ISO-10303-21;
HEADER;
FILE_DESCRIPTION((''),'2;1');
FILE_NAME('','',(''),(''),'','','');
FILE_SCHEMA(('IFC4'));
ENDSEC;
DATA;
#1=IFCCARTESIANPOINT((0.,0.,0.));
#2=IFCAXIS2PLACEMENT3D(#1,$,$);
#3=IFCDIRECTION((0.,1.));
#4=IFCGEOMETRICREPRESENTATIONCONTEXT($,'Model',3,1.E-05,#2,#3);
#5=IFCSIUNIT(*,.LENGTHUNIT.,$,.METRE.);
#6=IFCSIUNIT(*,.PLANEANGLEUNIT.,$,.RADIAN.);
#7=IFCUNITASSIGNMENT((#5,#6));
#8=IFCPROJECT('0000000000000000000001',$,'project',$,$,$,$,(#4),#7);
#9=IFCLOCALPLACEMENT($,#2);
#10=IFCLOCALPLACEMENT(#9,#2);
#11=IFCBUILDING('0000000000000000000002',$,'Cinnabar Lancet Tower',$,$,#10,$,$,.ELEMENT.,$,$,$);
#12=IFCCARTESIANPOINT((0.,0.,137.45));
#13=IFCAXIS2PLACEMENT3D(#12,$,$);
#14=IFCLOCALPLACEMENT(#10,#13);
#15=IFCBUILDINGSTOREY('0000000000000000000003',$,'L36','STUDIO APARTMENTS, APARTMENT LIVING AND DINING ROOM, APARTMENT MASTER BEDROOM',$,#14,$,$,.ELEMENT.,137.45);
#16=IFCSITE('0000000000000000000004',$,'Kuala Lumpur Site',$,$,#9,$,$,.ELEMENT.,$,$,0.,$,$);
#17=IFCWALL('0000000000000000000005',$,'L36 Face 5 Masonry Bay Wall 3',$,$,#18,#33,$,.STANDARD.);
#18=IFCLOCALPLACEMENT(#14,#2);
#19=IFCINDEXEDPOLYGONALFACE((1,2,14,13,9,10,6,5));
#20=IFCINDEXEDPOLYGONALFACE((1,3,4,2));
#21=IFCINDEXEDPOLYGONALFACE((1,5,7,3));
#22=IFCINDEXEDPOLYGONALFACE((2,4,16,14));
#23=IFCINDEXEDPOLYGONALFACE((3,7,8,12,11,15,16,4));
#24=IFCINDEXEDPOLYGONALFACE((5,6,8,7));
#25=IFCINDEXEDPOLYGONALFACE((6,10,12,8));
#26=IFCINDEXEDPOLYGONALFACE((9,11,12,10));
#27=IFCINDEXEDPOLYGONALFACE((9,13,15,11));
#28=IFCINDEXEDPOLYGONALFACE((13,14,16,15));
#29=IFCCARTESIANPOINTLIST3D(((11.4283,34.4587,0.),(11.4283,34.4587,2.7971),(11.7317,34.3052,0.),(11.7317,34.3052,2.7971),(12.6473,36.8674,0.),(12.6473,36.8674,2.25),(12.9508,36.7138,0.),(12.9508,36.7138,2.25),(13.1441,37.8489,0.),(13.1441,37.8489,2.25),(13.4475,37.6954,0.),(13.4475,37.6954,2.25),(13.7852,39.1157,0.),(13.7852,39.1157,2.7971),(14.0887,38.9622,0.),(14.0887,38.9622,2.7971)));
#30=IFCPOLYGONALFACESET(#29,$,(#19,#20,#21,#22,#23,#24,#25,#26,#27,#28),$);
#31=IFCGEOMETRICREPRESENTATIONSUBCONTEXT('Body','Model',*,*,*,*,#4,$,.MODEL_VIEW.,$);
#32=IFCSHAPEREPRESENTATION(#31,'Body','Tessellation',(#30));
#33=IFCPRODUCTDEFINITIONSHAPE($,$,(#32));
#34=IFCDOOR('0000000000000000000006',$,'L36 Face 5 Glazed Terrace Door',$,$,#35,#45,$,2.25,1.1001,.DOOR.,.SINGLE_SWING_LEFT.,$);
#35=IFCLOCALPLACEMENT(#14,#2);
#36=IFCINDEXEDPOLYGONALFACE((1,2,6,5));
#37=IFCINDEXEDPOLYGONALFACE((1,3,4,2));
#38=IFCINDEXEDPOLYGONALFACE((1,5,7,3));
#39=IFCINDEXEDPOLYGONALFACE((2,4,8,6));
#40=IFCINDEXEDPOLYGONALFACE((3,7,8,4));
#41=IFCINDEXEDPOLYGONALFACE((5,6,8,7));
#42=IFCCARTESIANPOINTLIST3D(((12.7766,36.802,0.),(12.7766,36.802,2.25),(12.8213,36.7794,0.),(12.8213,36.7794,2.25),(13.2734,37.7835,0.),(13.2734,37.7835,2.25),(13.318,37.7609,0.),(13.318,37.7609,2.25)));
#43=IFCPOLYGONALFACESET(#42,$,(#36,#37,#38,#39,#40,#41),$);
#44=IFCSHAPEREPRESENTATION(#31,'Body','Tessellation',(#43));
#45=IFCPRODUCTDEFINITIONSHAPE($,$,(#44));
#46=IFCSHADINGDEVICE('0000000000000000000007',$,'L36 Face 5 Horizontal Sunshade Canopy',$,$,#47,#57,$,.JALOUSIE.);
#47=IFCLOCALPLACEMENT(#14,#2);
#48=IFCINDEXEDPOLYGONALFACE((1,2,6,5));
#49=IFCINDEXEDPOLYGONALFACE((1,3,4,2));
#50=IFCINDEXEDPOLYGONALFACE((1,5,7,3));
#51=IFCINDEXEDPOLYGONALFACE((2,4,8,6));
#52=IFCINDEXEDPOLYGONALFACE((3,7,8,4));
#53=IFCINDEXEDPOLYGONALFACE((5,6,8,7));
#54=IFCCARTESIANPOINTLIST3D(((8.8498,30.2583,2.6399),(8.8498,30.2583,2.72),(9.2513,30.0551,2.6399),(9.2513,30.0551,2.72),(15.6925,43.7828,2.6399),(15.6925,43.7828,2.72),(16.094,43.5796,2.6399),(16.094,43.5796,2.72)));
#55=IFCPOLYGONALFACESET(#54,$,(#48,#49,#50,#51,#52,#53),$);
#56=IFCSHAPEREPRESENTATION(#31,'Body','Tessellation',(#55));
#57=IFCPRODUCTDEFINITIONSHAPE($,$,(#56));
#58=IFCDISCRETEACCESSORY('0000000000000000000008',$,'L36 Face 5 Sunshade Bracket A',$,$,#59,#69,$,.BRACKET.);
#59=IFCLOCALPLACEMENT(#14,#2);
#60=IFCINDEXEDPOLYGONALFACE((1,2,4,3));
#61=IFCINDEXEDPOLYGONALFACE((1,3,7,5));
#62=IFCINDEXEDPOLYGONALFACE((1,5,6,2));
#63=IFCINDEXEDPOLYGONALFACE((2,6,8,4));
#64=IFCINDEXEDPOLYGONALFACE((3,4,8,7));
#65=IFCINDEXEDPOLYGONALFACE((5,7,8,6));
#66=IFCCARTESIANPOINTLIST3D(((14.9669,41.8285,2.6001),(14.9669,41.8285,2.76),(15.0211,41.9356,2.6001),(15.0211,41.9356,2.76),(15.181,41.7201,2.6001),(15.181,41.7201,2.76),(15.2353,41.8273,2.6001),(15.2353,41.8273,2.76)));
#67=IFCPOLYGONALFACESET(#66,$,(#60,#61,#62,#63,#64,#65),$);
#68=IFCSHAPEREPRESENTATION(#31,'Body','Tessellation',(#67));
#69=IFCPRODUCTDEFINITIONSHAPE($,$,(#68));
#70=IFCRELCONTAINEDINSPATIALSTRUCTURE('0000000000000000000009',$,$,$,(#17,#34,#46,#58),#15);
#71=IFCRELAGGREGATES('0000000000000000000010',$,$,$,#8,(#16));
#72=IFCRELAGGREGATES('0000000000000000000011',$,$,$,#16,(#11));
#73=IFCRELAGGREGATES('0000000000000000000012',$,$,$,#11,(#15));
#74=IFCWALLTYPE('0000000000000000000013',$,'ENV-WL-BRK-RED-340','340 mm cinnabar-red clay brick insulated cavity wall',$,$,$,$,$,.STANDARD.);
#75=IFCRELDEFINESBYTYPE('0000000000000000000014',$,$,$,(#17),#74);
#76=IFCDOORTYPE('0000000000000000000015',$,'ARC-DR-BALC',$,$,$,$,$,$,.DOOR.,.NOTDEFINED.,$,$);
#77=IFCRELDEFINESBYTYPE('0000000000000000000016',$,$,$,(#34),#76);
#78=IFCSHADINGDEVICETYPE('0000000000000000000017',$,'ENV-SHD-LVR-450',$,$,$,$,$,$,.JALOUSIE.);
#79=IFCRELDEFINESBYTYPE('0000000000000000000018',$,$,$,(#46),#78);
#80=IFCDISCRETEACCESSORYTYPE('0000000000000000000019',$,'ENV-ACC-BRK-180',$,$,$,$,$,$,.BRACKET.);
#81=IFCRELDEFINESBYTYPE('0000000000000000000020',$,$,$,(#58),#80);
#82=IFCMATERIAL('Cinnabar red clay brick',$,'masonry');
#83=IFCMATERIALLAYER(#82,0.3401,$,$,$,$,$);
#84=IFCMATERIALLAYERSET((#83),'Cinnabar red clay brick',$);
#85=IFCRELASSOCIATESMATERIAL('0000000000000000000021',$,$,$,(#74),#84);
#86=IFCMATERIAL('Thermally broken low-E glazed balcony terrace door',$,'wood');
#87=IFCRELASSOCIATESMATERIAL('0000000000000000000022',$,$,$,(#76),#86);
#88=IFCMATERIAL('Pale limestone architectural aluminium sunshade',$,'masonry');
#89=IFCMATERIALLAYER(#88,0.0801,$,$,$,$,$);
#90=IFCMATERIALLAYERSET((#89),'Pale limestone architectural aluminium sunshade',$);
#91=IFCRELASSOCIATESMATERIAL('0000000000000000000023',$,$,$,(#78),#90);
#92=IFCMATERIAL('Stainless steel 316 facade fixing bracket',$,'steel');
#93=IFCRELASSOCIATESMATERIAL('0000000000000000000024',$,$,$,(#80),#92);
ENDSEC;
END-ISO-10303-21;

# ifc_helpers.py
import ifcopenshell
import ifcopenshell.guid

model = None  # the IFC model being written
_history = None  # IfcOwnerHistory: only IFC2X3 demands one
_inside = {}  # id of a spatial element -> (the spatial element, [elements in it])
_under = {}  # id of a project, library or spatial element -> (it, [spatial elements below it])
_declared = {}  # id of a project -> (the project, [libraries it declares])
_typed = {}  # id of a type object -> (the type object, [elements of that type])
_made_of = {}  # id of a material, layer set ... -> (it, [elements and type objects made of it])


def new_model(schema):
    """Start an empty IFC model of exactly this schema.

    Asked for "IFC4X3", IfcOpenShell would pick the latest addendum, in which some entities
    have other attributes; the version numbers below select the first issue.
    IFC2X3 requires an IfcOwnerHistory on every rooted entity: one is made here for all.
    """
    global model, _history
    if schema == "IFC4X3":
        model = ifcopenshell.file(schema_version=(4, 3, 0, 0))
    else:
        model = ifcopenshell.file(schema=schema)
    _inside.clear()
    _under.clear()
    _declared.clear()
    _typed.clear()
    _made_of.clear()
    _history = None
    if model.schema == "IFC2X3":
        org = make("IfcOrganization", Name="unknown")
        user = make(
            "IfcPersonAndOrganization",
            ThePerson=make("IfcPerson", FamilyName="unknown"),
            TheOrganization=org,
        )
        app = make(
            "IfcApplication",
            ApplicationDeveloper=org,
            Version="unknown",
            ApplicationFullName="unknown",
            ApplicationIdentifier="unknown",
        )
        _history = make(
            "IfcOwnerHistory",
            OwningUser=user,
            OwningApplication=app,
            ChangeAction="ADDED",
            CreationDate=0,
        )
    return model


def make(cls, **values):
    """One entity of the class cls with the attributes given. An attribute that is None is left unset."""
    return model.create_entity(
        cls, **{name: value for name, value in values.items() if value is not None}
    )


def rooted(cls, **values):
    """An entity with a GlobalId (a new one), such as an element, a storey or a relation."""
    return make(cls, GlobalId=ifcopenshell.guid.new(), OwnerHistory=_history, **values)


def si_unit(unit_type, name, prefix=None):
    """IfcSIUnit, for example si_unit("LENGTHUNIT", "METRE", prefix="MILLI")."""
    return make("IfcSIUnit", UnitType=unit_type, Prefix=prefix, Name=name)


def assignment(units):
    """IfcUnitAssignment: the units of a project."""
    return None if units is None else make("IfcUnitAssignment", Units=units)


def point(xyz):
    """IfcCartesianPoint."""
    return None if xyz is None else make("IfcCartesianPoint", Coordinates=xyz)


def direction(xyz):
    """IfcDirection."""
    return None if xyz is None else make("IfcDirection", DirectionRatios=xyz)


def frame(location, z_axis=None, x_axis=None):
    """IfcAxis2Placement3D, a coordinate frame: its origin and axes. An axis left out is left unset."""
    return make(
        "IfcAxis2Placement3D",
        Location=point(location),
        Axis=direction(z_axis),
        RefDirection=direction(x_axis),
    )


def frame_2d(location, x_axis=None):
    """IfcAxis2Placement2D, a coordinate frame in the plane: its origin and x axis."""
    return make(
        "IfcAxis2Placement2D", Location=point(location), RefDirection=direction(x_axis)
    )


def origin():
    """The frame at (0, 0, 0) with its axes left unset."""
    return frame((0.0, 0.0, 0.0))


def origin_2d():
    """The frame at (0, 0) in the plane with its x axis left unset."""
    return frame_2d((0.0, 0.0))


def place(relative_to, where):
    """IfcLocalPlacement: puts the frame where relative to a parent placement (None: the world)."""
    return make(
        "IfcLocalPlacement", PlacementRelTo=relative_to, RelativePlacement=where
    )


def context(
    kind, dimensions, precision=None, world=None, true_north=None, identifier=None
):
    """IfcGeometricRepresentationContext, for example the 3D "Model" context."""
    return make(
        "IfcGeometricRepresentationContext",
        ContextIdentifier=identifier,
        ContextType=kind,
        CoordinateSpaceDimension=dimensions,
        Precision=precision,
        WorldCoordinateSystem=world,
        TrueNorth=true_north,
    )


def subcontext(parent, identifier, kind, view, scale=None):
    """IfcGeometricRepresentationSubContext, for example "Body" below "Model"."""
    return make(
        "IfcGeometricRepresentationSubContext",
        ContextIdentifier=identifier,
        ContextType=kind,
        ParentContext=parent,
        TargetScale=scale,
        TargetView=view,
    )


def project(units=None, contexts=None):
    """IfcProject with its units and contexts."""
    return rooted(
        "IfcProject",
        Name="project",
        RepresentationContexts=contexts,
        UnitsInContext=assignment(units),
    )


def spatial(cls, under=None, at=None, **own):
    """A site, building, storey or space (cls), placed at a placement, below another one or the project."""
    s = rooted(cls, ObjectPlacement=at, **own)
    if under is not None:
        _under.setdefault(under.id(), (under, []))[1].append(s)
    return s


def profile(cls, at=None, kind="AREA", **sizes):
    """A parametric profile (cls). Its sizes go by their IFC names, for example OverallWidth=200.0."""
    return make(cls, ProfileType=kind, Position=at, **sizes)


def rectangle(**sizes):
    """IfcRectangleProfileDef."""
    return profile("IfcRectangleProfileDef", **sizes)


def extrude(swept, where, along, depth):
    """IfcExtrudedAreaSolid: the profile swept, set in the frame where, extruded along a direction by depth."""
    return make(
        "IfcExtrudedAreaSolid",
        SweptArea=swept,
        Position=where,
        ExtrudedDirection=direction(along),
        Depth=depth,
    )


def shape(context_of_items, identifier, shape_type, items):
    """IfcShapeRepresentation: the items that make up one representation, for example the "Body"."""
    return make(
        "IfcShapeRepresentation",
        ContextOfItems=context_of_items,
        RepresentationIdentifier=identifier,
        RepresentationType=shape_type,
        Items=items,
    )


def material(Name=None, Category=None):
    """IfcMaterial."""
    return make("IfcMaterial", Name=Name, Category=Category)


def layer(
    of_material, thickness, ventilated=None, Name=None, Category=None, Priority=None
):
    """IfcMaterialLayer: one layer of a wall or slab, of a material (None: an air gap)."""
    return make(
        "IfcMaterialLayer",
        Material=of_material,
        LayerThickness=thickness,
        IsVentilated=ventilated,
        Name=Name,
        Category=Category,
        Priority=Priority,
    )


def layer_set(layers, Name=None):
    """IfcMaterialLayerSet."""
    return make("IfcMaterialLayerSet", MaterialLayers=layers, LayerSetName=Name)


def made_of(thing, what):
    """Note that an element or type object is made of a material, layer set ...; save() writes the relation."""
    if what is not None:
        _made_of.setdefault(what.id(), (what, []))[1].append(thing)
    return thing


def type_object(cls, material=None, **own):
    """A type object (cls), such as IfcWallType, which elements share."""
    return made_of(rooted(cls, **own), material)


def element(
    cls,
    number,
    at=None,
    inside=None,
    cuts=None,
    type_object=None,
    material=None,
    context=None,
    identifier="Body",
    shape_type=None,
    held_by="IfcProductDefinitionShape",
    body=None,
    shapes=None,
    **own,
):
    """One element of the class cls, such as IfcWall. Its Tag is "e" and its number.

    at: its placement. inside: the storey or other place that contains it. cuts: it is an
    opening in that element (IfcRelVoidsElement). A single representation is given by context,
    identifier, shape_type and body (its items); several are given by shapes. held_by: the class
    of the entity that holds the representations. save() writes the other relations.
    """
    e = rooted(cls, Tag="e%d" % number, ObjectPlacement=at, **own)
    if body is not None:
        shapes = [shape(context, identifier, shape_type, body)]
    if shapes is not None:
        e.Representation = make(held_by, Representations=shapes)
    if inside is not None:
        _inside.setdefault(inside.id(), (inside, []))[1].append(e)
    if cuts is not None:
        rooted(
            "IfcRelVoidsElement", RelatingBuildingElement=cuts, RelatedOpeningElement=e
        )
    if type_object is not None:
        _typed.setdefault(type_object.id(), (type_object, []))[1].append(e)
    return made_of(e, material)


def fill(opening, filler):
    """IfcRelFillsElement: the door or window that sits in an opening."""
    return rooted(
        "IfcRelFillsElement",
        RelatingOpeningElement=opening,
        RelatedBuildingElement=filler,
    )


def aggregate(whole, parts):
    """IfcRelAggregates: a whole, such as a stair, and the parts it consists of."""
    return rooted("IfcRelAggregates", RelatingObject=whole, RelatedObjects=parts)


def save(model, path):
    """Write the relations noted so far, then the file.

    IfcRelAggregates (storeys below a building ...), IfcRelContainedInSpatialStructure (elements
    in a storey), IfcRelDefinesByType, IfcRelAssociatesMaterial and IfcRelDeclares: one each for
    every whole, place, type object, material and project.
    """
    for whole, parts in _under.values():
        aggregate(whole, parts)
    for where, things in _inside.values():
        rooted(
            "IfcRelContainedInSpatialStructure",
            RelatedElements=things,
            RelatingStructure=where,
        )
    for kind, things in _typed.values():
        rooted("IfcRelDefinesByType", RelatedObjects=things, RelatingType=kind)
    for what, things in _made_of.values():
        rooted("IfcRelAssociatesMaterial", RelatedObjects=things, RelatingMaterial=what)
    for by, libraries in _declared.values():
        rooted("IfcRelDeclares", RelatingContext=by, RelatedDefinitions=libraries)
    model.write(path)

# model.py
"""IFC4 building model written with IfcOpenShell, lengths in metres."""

from ifc_helpers import new_model, si_unit, direction, frame, frame_2d, origin, origin_2d, place, context, subcontext, project, spatial, rectangle, extrude, material, layer, layer_set, type_object, element, fill, save


model = new_model("IFC4")

# Units and contexts
model_context = context("Model", 3, precision=1e-05, world=origin(), true_north=direction((0.0, 1.0)))
body_context = subcontext(model_context, "Body", "Model", "MODEL_VIEW")
ifc_project = project(units=[si_unit("LENGTHUNIT", "METRE"), si_unit("PLANEANGLEUNIT", "RADIAN")], contexts=[model_context])

# Site, building, storey
site_placement = place(None, origin())
site = spatial("IfcSite", under=ifc_project, at=site_placement, Name="Kuala Lumpur Site", CompositionType="ELEMENT", RefElevation=0.0)
building_placement = place(site_placement, origin())
building = spatial("IfcBuilding", under=site, at=building_placement, Name="Cinnabar Lancet Tower", CompositionType="ELEMENT")
storey_placement = place(building_placement, frame((0.0, 0.0, 137.45)))
storey = spatial("IfcBuildingStorey", under=building, at=storey_placement, Name="L36", Description="STUDIO APARTMENTS, APARTMENT LIVING AND DINING ROOM, APARTMENT MASTER BEDROOM", CompositionType="ELEMENT", Elevation=137.45)

# Shared definitions
ifc_material_1 = material(Name="Cinnabar red clay brick", Category="masonry")
ifc_layer_1 = layer(ifc_material_1, 0.3401)
ifc_layer_set_1 = layer_set([ifc_layer_1], Name="Cinnabar red clay brick")
wall_type_1 = type_object("IfcWallType", Name="ENV-WL-BRK-RED-340", Description="340 mm cinnabar-red clay brick insulated cavity wall", PredefinedType="STANDARD", material=ifc_layer_set_1)

# Wall, opening, door
wall_1_placement = place(storey_placement, frame((13.937, 39.0391, 0.0), z_axis=(0.0, 0.0, 1.0), x_axis=(-0.451568, -0.892237, 0.0)))
wall_1 = element("IfcWall", 1, at=wall_1_placement, inside=storey, type_object=wall_type_1, Name="L36 Face 5 Masonry Bay Wall 3", PredefinedType="STANDARD", context=body_context, shape_type="SweptSolid", body=[
    extrude(rectangle(XDim=5.2195, YDim=0.3401, at=frame_2d((2.6099, 0.0))), origin(), (0.0, 0.0, 1.0), 2.7971),
])
opening_1_placement = place(wall_1_placement, frame((1.4199, 0.0, 0.0)))
opening_1 = element("IfcOpeningElement", 2, at=opening_1_placement, cuts=wall_1, PredefinedType="OPENING", context=body_context, shape_type="SweptSolid", body=[
    extrude(rectangle(XDim=1.1001, YDim=2.25, at=frame_2d((0.55, 1.125))), frame((0.0, 0.1799, 0.0), z_axis=(0.0, -1.0, 0.0), x_axis=(1.0, 0.0, 0.0)), (0.0, 0.0, 1.0), 0.3601),
])
ifc_material_2 = material(Name="Thermally broken low-E glazed balcony terrace door", Category="wood")
door_type_1 = type_object("IfcDoorType", Name="ARC-DR-BALC", OperationType="NOTDEFINED", PredefinedType="DOOR", material=ifc_material_2)
door_1_placement = place(opening_1_placement, origin())
door_1 = element("IfcDoor", 3, at=door_1_placement, inside=storey, type_object=door_type_1, Name="L36 Face 5 Glazed Terrace Door", OperationType="SINGLE_SWING_LEFT", OverallHeight=2.25, OverallWidth=1.1001, PredefinedType="DOOR", context=body_context, shape_type="SweptSolid", body=[
    extrude(rectangle(XDim=1.1001, YDim=2.25, at=frame_2d((0.55, 1.125))), frame((0.0, 0.0249, 0.0), z_axis=(0.0, -1.0, 0.0), x_axis=(1.0, 0.0, 0.0)), (0.0, 0.0, 1.0), 0.05),
])
fill(opening_1, door_1)

# Shading device
ifc_material_3 = material(Name="Pale limestone architectural aluminium sunshade", Category="masonry")
ifc_layer_2 = layer(ifc_material_3, 0.0801)
ifc_layer_set_2 = layer_set([ifc_layer_2], Name="Pale limestone architectural aluminium sunshade")
shading_device_type = type_object("IfcShadingDeviceType", Name="ENV-SHD-LVR-450", PredefinedType="JALOUSIE", material=ifc_layer_set_2)
shading_device_placement = place(storey_placement, frame((12.4719, 36.9189, 2.6399), z_axis=(0.0, 0.0, 1.0), x_axis=(-0.451454, -0.892294, 0.0)))
element("IfcShadingDevice", 4, at=shading_device_placement, inside=storey, type_object=shading_device_type, Name="L36 Face 5 Horizontal Sunshade Canopy", PredefinedType="JALOUSIE", context=body_context, shape_type="SweptSolid", body=[
    extrude(rectangle(XDim=15.157, YDim=0.45, at=origin_2d()), origin(), (0.0, 0.0, 1.0), 0.0801),
])

# Discrete accessory
ifc_material_4 = material(Name="Stainless steel 316 facade fixing bracket", Category="steel")
discrete_accessory_type = type_object("IfcDiscreteAccessoryType", Name="ENV-ACC-BRK-180", PredefinedType="BRACKET", material=ifc_material_4)
discrete_accessory_placement = place(storey_placement, frame((15.1011, 41.8279, 2.6001), z_axis=(0.0, 0.0, 1.0), x_axis=(-0.451454, -0.892294, 0.0)))
element("IfcDiscreteAccessory", 5, at=discrete_accessory_placement, inside=storey, type_object=discrete_accessory_type, Name="L36 Face 5 Sunshade Bracket A", PredefinedType="BRACKET", context=body_context, shape_type="SweptSolid", body=[
    extrude(rectangle(XDim=0.1201, YDim=0.24, at=origin_2d()), origin(), (0.0, 0.0, 1.0), 0.1599),
])

save(model, "model.ifc")
